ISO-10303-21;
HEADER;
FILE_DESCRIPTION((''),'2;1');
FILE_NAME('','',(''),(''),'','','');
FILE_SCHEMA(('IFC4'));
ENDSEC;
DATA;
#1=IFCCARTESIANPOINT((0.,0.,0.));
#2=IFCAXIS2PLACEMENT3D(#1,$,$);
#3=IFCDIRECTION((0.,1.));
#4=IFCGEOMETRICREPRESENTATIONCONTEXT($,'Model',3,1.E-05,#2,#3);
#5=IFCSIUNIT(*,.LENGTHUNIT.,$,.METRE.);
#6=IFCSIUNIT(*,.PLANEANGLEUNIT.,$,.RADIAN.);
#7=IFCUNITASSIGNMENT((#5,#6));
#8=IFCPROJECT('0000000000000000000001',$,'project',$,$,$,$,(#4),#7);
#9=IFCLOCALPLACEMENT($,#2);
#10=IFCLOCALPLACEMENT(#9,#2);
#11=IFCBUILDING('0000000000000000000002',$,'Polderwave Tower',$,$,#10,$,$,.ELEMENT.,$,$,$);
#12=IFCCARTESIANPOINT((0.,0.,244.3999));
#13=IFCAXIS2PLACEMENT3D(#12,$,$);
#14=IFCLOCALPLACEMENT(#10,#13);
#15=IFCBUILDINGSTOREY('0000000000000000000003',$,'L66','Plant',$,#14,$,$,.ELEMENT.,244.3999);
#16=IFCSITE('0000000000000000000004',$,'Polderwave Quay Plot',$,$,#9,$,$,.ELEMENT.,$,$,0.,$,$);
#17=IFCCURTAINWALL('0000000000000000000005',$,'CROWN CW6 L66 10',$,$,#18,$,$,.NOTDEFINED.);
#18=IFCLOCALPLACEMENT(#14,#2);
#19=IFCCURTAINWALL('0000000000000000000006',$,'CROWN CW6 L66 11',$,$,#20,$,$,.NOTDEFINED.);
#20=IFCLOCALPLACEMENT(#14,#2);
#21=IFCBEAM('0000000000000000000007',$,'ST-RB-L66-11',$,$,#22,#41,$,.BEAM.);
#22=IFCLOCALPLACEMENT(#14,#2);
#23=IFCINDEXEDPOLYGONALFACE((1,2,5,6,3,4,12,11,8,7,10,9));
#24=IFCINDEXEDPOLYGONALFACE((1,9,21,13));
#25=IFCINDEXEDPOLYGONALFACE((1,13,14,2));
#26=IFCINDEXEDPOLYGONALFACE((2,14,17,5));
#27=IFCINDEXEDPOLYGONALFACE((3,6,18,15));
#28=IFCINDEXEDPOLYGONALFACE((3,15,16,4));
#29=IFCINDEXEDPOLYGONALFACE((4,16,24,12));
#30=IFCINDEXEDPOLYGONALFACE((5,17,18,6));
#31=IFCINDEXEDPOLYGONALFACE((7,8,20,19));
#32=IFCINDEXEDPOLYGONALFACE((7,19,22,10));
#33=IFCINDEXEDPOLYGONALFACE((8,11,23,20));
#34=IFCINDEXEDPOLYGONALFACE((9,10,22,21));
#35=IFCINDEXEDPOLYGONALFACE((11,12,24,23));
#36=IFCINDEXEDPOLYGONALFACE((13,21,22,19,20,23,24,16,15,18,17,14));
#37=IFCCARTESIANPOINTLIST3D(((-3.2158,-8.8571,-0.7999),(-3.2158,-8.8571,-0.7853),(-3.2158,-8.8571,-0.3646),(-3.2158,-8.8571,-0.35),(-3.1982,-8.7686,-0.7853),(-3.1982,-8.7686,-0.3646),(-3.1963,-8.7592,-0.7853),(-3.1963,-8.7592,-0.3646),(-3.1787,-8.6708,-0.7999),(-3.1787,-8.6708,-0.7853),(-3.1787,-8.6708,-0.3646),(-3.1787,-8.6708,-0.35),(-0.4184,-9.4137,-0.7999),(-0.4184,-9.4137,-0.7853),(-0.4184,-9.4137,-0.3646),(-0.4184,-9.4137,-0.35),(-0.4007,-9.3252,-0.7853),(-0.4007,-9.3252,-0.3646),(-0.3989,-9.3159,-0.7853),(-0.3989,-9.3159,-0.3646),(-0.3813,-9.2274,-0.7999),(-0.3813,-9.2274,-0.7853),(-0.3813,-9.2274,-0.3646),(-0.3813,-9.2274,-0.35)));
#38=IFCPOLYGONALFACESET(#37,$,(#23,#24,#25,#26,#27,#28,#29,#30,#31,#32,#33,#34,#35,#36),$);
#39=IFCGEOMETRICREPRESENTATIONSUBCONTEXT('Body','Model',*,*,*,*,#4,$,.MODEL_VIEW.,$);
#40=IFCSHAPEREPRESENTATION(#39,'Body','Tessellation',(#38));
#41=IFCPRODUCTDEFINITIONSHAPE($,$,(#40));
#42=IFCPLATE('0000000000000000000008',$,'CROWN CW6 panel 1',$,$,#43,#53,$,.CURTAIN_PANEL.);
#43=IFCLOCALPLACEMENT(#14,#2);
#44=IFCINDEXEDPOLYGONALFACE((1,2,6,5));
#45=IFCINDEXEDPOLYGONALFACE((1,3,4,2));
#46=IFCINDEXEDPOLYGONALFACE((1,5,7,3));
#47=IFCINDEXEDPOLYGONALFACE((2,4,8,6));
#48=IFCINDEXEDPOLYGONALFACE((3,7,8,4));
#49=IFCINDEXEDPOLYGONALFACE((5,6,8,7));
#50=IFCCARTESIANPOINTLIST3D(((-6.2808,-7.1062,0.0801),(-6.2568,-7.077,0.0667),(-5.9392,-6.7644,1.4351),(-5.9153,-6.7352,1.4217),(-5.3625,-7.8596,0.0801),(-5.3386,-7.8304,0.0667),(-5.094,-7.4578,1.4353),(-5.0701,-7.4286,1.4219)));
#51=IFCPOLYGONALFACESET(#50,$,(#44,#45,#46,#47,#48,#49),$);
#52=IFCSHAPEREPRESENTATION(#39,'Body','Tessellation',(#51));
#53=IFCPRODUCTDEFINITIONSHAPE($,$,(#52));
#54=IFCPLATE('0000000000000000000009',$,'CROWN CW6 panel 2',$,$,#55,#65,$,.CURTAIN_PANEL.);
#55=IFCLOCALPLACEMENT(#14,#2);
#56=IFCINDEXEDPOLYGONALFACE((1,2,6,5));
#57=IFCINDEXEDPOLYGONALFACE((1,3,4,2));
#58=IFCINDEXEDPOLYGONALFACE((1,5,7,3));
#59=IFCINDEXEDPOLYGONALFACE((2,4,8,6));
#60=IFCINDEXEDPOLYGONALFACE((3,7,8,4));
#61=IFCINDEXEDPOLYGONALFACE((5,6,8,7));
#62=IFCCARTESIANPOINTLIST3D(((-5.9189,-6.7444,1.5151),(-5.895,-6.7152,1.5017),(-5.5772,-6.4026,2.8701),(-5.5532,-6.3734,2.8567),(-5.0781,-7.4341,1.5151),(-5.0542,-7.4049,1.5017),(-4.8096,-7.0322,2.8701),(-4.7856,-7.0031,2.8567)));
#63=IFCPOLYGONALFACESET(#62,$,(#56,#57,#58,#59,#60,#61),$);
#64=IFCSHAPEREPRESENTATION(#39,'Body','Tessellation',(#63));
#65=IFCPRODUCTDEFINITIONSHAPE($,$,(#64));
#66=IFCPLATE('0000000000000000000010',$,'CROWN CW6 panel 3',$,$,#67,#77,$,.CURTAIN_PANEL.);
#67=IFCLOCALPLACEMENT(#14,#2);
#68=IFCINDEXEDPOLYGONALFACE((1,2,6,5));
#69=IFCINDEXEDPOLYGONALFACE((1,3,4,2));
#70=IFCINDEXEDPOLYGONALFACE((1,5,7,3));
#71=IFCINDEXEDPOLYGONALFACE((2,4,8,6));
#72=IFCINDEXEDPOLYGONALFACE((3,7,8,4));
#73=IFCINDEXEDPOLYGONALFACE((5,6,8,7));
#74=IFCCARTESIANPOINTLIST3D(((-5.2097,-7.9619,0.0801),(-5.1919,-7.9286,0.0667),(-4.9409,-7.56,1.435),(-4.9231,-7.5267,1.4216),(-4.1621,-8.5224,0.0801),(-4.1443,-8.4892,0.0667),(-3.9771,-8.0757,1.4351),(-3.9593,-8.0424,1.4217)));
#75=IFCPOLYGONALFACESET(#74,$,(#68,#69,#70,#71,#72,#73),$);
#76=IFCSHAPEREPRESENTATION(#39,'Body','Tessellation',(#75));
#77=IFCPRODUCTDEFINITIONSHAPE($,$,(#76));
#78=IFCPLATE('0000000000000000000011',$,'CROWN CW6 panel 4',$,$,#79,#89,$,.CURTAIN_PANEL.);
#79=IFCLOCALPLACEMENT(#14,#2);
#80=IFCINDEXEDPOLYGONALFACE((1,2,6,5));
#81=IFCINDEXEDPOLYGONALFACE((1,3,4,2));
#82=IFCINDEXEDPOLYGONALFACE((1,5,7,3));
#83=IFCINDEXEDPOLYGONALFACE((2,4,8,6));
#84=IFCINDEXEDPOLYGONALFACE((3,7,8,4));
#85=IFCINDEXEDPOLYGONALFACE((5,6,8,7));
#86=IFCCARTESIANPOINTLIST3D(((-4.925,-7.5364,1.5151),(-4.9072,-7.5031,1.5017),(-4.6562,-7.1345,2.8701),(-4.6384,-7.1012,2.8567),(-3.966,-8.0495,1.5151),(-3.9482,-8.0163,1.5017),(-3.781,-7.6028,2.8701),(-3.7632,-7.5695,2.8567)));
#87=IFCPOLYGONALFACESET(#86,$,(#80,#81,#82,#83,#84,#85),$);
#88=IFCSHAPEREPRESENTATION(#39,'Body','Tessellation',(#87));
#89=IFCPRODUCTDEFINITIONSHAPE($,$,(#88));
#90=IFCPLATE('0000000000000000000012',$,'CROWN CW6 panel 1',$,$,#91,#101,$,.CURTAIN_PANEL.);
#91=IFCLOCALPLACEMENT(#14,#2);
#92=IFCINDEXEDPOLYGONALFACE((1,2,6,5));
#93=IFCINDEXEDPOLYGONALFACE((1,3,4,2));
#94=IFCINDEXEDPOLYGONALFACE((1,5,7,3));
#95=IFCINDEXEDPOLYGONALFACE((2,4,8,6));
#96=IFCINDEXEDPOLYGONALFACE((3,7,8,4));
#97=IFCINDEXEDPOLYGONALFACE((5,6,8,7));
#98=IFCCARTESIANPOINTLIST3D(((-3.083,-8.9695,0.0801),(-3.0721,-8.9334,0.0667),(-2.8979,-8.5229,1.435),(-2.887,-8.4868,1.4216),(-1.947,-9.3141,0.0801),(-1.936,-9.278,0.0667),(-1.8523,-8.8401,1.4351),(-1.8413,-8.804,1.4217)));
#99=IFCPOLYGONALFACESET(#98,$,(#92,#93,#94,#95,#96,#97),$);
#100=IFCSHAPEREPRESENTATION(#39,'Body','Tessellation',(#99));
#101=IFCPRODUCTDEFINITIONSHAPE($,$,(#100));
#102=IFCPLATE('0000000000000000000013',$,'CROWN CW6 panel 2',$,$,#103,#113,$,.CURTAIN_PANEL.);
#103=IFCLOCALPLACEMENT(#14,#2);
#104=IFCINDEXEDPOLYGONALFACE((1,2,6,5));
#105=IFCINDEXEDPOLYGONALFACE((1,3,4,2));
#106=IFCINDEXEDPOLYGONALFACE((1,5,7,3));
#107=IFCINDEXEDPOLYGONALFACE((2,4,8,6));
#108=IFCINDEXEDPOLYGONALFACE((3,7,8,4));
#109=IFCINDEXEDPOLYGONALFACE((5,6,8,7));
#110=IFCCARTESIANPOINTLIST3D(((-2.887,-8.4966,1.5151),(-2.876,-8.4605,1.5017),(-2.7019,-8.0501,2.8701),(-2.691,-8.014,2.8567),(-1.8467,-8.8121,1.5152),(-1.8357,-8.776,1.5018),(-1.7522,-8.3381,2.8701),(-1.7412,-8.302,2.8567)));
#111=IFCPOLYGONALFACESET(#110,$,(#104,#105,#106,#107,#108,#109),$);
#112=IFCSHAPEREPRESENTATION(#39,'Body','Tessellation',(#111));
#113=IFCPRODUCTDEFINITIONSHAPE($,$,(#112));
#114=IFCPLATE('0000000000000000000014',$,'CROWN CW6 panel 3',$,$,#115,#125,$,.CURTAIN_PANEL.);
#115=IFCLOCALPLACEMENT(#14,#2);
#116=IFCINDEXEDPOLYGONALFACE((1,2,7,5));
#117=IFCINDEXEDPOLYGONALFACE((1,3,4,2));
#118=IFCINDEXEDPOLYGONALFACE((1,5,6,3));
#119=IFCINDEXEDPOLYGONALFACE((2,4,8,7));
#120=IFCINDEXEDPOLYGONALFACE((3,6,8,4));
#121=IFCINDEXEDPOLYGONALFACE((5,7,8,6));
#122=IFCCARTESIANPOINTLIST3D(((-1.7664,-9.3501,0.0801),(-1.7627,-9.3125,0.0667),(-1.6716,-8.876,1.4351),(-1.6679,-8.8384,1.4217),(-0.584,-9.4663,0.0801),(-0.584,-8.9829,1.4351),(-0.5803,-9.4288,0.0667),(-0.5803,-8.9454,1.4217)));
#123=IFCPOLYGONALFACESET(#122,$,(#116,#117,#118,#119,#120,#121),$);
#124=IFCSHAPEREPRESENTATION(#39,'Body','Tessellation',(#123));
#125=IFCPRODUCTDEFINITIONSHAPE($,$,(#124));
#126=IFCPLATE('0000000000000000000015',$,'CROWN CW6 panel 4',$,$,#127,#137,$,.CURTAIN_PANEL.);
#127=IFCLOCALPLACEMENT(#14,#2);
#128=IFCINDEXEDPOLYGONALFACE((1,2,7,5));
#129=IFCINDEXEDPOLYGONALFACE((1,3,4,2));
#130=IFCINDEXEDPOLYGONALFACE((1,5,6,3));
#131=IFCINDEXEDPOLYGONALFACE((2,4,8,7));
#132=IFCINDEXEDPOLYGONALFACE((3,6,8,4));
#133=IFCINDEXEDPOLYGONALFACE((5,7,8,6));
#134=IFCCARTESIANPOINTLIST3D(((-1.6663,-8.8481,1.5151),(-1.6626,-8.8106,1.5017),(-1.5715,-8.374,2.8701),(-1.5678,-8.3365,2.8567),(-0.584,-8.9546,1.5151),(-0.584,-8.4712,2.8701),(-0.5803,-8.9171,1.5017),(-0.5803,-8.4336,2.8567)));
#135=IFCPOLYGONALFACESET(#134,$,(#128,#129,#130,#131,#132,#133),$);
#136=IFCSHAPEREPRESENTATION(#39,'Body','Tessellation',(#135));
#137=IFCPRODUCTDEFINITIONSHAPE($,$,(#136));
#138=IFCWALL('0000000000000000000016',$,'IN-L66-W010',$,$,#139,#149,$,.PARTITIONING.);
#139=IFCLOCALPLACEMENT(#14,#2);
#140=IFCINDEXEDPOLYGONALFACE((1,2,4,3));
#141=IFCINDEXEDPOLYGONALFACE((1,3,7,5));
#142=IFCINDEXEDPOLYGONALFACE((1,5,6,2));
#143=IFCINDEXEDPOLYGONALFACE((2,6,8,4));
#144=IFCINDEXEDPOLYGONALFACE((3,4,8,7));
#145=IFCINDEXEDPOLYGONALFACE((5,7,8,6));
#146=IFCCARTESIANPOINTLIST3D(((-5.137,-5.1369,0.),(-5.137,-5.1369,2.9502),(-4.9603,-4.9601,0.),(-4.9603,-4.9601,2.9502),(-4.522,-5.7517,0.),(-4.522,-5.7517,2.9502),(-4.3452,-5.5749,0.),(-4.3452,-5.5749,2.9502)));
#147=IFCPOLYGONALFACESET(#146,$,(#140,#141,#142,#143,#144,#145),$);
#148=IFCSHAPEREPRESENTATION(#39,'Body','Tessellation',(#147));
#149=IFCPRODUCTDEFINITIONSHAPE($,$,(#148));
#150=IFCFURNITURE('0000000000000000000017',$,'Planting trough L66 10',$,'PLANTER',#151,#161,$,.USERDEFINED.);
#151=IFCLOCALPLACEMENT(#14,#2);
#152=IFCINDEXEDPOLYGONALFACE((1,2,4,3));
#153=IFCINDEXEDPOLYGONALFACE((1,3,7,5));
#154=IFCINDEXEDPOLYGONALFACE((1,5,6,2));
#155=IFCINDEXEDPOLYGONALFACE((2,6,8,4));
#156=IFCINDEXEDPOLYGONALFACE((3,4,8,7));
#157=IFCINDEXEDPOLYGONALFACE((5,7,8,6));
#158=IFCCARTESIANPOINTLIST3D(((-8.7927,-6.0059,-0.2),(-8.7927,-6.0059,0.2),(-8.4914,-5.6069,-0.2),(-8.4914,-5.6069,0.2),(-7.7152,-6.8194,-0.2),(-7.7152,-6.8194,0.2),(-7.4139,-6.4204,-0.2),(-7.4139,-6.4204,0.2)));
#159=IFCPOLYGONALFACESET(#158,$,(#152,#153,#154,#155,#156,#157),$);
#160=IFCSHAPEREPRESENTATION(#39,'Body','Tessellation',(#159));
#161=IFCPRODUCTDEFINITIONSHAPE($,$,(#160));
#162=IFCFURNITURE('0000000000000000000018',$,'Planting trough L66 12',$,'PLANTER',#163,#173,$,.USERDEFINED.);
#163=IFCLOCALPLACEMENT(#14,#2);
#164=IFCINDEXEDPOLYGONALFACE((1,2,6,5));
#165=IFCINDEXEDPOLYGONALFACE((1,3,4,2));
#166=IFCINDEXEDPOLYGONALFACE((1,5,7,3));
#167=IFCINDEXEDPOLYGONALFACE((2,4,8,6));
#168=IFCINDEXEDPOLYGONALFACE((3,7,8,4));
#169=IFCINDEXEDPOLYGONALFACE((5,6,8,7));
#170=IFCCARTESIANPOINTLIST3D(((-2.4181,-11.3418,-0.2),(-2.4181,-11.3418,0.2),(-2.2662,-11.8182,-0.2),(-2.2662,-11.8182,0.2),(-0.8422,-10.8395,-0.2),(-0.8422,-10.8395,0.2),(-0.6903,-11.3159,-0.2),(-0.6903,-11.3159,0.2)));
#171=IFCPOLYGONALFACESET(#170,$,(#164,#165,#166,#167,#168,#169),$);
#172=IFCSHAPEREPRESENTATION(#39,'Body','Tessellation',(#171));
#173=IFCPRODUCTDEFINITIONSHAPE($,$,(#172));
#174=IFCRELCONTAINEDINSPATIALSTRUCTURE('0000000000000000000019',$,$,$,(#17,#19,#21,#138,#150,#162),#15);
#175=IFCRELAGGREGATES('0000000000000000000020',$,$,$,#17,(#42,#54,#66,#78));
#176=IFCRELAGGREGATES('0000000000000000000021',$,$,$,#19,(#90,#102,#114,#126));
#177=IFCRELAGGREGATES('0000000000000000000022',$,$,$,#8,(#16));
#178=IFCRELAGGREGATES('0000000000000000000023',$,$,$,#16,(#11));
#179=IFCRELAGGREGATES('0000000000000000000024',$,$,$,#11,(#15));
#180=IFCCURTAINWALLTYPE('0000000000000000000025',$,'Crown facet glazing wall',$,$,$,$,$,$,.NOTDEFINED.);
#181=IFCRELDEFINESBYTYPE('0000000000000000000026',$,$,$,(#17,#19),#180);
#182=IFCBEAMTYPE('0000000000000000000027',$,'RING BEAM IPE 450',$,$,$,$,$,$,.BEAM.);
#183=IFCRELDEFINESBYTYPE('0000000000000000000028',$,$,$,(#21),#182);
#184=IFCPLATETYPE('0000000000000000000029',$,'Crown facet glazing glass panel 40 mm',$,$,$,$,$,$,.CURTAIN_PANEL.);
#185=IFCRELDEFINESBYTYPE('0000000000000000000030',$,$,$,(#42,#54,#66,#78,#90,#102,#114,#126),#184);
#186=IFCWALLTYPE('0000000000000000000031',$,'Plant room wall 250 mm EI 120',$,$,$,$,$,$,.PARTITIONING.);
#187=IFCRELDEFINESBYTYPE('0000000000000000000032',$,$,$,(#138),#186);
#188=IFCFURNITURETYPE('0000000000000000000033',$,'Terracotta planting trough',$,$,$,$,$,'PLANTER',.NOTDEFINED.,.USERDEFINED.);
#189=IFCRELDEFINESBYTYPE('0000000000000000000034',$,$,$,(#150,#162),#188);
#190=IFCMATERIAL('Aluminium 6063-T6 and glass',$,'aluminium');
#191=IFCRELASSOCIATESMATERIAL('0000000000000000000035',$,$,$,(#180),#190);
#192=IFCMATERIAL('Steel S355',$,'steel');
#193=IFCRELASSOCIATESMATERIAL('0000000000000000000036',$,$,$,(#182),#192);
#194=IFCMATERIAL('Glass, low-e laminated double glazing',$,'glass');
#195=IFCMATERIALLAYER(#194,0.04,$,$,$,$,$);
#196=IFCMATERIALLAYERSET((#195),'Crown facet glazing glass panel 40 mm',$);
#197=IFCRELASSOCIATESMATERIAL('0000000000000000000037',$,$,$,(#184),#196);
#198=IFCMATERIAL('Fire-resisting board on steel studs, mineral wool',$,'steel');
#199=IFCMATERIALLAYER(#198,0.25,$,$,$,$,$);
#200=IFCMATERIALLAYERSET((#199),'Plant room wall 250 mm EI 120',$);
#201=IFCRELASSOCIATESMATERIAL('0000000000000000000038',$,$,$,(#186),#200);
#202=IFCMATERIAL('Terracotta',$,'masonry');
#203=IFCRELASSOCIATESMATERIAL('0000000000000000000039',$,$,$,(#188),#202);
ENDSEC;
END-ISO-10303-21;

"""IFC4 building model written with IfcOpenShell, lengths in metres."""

from ifc_helpers import new_model, si_unit, direction, frame, frame_2d, origin, origin_2d, place, context, subcontext, project, spatial, polyline, rectangle, i_section, outline, extrude, material, layer, layer_set, material_profile, profile_set, type_object, element, aggregate, save


model = new_model("IFC4")

# Units and contexts
model_context = context("Model", 3, precision=1e-05, world=origin(), true_north=direction((0.0, 1.0)))
body_context = subcontext(model_context, "Body", "Model", "MODEL_VIEW")
ifc_project = project(units=[si_unit("LENGTHUNIT", "METRE"), si_unit("PLANEANGLEUNIT", "RADIAN")], contexts=[model_context])

# Site, building, storey
site_placement = place(None, origin())
site = spatial("IfcSite", under=ifc_project, at=site_placement, Name="Polderwave Quay Plot", CompositionType="ELEMENT", RefElevation=0.0)
building_placement = place(site_placement, origin())
building = spatial("IfcBuilding", under=site, at=building_placement, Name="Polderwave Tower", CompositionType="ELEMENT")
storey_placement = place(building_placement, frame((0.0, 0.0, 244.3999)))
storey = spatial("IfcBuildingStorey", under=building, at=storey_placement, Name="L66", Description="Plant", CompositionType="ELEMENT", Elevation=244.3999)

# Shared definitions
ifc_material_1 = material(Name="Aluminium 6063-T6 and glass", Category="aluminium")
curtain_wall_type = type_object("IfcCurtainWallType", Name="Crown facet glazing wall", PredefinedType="NOTDEFINED", material=ifc_material_1)

# Curtain walls
curtain_wall_1_placement = place(storey_placement, origin())
curtain_wall_1 = element("IfcCurtainWall", 1, at=curtain_wall_1_placement, inside=storey, type_object=curtain_wall_type, Name="CROWN CW6 L66 10", PredefinedType="NOTDEFINED")
curtain_wall_2_placement = place(storey_placement, origin())
curtain_wall_2 = element("IfcCurtainWall", 2, at=curtain_wall_2_placement, inside=storey, type_object=curtain_wall_type, Name="CROWN CW6 L66 11", PredefinedType="NOTDEFINED")

# Beam
ifc_material_2 = material(Name="Steel S355", Category="steel")
ifc_material_profile_1 = material_profile(ifc_material_2, i_section(OverallWidth=0.1899, OverallDepth=0.45, WebThickness=0.0095, FlangeThickness=0.0146, at=origin_2d()), Name="IPE 450")
ifc_profile_set_1 = profile_set([ifc_material_profile_1], Name="Steel S355")
beam_type = type_object("IfcBeamType", Name="RING BEAM IPE 450", PredefinedType="BEAM", material=ifc_profile_set_1)
beam_1_placement = place(storey_placement, frame((-3.1973, -8.7639, -0.575), z_axis=(0.980771, -0.195161, 0.0), x_axis=(0.195161, 0.980771, 0.0)))
element("IfcBeam", 3, at=beam_1_placement, inside=storey, type_object=beam_type, Name="ST-RB-L66-11", PredefinedType="BEAM", context=body_context, shape_type="SweptSolid", body=[
    extrude(i_section(OverallWidth=0.1899, OverallDepth=0.45, WebThickness=0.0095, FlangeThickness=0.0146, at=origin_2d()), origin(), (0.0, 0.0, 1.0), 2.8523),
])

# Plates
ifc_material_3 = material(Name="Glass, low-e laminated double glazing", Category="glass")
ifc_layer_1 = layer(ifc_material_3, 0.04)
ifc_layer_set_1 = layer_set([ifc_layer_1], Name="Crown facet glazing glass panel 40 mm")
plate_type = type_object("IfcPlateType", Name="Crown facet glazing glass panel 40 mm", PredefinedType="CURTAIN_PANEL", material=ifc_layer_set_1)
plate_1_placement = place(storey_placement, frame((-6.2808, -7.1062, 0.0801), z_axis=(-0.597776, -0.728553, 0.334476), x_axis=(0.773078, -0.634311, -0.000005)))
plate_1 = element("IfcPlate", 4, at=plate_1_placement, type_object=plate_type, Name="CROWN CW6 panel 1", PredefinedType="CURTAIN_PANEL", context=body_context, shape_type="SweptSolid", body=[
    extrude(outline(polyline([(0.0, 0.0), (1.1878, 0.0), (1.1405, 1.4381), (0.0472, 1.4378), (0.0, 0.0)])), origin(), (0.0, 0.0, -1.0), 0.04),
])
plate_2_placement = place(storey_placement, frame((-5.9189, -6.7444, 1.5151), z_axis=(-0.597664, -0.728611, 0.33455), x_axis=(0.773162, -0.634208, 0.000002)))
plate_2 = element("IfcPlate", 5, at=plate_2_placement, type_object=plate_type, Name="CROWN CW6 panel 2", PredefinedType="CURTAIN_PANEL", context=body_context, shape_type="SweptSolid", body=[
    extrude(outline(polyline([(0.0, 0.0), (1.0875, 0.0), (1.0403, 1.4378), (0.0475, 1.4378), (0.0, 0.0)])), origin(), (0.0, 0.0, -1.0), 0.04),
])
plate_3_placement = place(storey_placement, frame((-5.2097, -7.9619, 0.0801), z_axis=(-0.444544, -0.830898, 0.334649), x_axis=(0.881734, -0.471748, -0.000014)))
plate_3 = element("IfcPlate", 6, at=plate_3_placement, type_object=plate_type, Name="CROWN CW6 panel 3", PredefinedType="CURTAIN_PANEL", context=body_context, shape_type="SweptSolid", body=[
    extrude(outline(polyline([(0.0, 0.0), (1.1881, 0.0), (1.1405, 1.4379), (0.0474, 1.4379), (0.0, 0.0)])), origin(), (0.0, 0.0, -1.0), 0.04),
])
plate_4_placement = place(storey_placement, frame((-4.925, -7.5364, 1.5151), z_axis=(-0.44458, -0.830878, 0.334649), x_axis=(0.881713, -0.471786, -0.000015)))
plate_4 = element("IfcPlate", 7, at=plate_4_placement, type_object=plate_type, Name="CROWN CW6 panel 4", PredefinedType="CURTAIN_PANEL", context=body_context, shape_type="SweptSolid", body=[
    extrude(outline(polyline([(0.0, 0.0), (1.0877, 0.0), (1.04, 1.4379), (0.0474, 1.4379), (0.0, 0.0)])), origin(), (0.0, 0.0, -1.0), 0.04),
])
aggregate(curtain_wall_1, [plate_1, plate_2, plate_3, plate_4])
plate_5_placement = place(storey_placement, frame((-3.083, -8.9695, 0.0801), z_axis=(-0.273579, -0.901773, 0.334604), x_axis=(0.956929, -0.290321, -0.000023)))
plate_5 = element("IfcPlate", 8, at=plate_5_placement, type_object=plate_type, Name="CROWN CW6 panel 1", PredefinedType="CURTAIN_PANEL", context=body_context, shape_type="SweptSolid", body=[
    extrude(outline(polyline([(0.0, 0.0), (1.1871, 0.0), (1.1401, 1.4379), (0.0474, 1.4378), (0.0, 0.0)])), origin(), (0.0, 0.0, -1.0), 0.04),
])
plate_6_placement = place(storey_placement, frame((-2.887, -8.4966, 1.5151), z_axis=(-0.273503, -0.901831, 0.33451), x_axis=(0.956961, -0.290217, 0.000017)))
plate_6 = element("IfcPlate", 9, at=plate_6_placement, type_object=plate_type, Name="CROWN CW6 panel 2", PredefinedType="CURTAIN_PANEL", context=body_context, shape_type="SweptSolid", body=[
    extrude(outline(polyline([(0.0, 0.0), (1.0871, 0.0), (1.04, 1.4378), (0.0475, 1.4378), (0.0, 0.0)])), origin(), (0.0, 0.0, -1.0), 0.04),
])
plate_7_placement = place(storey_placement, frame((-1.7664, -9.3501, 0.0801), z_axis=(-0.092191, -0.937842, 0.334593), x_axis=(0.995203, -0.097828, 0.000005)))
plate_7 = element("IfcPlate", 10, at=plate_7_placement, type_object=plate_type, Name="CROWN CW6 panel 3", PredefinedType="CURTAIN_PANEL", context=body_context, shape_type="SweptSolid", body=[
    extrude(outline(polyline([(0.0, 0.0), (1.1881, 0.0), (1.1408, 1.4378), (0.0479, 1.4379), (0.0, 0.0)])), origin(), (0.0, 0.0, -1.0), 0.04),
])
plate_8_placement = place(storey_placement, frame((-1.6663, -8.8481, 1.5151), z_axis=(-0.092257, -0.937836, 0.334593), x_axis=(0.995196, -0.097898, 0.000006)))
plate_8 = element("IfcPlate", 11, at=plate_8_placement, type_object=plate_type, Name="CROWN CW6 panel 4", PredefinedType="CURTAIN_PANEL", context=body_context, shape_type="SweptSolid", body=[
    extrude(outline(polyline([(0.0, 0.0), (1.0875, 0.0), (1.0402, 1.4378), (0.0479, 1.4379), (0.0, 0.0)])), origin(), (0.0, 0.0, -1.0), 0.04),
])
aggregate(curtain_wall_2, [plate_5, plate_6, plate_7, plate_8])

# Wall
ifc_material_4 = material(Name="Fire-resisting board on steel studs, mineral wool", Category="steel")
ifc_layer_2 = layer(ifc_material_4, 0.25)
ifc_layer_set_2 = layer_set([ifc_layer_2], Name="Plant room wall 250 mm EI 120")
wall_type = type_object("IfcWallType", Name="Plant room wall 250 mm EI 120", PredefinedType="PARTITIONING", material=ifc_layer_set_2)
wall_placement = place(storey_placement, frame((-4.4336, -5.6633, 0.0), z_axis=(0.0, 0.0, 1.0), x_axis=(-0.707247, 0.706966, 0.0)))
element("IfcWall", 12, at=wall_placement, inside=storey, type_object=wall_type, Name="IN-L66-W010", PredefinedType="PARTITIONING", context=body_context, shape_type="SweptSolid", body=[
    extrude(rectangle(XDim=0.8696, YDim=0.25, at=frame_2d((0.4348, 0.0))), origin(), (0.0, 0.0, 1.0), 2.9502),
])

# Furniture
ifc_material_5 = material(Name="Terracotta", Category="masonry")
furniture_type = type_object("IfcFurnitureType", Name="Terracotta planting trough", ElementType="PLANTER", AssemblyPlace="NOTDEFINED", PredefinedType="USERDEFINED", material=ifc_material_5)
furniture_1_placement = place(storey_placement, frame((-8.1033, -6.2131, -0.2), z_axis=(0.0, 0.0, 1.0), x_axis=(0.798092, -0.602535, 0.0)))
element("IfcFurniture", 13, at=furniture_1_placement, inside=storey, type_object=furniture_type, Name="Planting trough L66 10", ObjectType="PLANTER", PredefinedType="USERDEFINED", context=body_context, shape_type="SweptSolid", body=[
    extrude(rectangle(XDim=1.3501, YDim=0.5, at=origin_2d()), origin(), (0.0, 0.0, 1.0), 0.3999),
])
furniture_2_placement = place(storey_placement, frame((-1.5542, -11.3289, -0.2), z_axis=(0.0, 0.0, 1.0), x_axis=(0.952764, 0.303712, 0.0)))
element("IfcFurniture", 14, at=furniture_2_placement, inside=storey, type_object=furniture_type, Name="Planting trough L66 12", ObjectType="PLANTER", PredefinedType="USERDEFINED", context=body_context, shape_type="SweptSolid", body=[
    extrude(rectangle(XDim=1.6541, YDim=0.5, at=origin_2d()), origin(), (0.0, 0.0, 1.0), 0.3999),
])

save(model, "model.ifc")
